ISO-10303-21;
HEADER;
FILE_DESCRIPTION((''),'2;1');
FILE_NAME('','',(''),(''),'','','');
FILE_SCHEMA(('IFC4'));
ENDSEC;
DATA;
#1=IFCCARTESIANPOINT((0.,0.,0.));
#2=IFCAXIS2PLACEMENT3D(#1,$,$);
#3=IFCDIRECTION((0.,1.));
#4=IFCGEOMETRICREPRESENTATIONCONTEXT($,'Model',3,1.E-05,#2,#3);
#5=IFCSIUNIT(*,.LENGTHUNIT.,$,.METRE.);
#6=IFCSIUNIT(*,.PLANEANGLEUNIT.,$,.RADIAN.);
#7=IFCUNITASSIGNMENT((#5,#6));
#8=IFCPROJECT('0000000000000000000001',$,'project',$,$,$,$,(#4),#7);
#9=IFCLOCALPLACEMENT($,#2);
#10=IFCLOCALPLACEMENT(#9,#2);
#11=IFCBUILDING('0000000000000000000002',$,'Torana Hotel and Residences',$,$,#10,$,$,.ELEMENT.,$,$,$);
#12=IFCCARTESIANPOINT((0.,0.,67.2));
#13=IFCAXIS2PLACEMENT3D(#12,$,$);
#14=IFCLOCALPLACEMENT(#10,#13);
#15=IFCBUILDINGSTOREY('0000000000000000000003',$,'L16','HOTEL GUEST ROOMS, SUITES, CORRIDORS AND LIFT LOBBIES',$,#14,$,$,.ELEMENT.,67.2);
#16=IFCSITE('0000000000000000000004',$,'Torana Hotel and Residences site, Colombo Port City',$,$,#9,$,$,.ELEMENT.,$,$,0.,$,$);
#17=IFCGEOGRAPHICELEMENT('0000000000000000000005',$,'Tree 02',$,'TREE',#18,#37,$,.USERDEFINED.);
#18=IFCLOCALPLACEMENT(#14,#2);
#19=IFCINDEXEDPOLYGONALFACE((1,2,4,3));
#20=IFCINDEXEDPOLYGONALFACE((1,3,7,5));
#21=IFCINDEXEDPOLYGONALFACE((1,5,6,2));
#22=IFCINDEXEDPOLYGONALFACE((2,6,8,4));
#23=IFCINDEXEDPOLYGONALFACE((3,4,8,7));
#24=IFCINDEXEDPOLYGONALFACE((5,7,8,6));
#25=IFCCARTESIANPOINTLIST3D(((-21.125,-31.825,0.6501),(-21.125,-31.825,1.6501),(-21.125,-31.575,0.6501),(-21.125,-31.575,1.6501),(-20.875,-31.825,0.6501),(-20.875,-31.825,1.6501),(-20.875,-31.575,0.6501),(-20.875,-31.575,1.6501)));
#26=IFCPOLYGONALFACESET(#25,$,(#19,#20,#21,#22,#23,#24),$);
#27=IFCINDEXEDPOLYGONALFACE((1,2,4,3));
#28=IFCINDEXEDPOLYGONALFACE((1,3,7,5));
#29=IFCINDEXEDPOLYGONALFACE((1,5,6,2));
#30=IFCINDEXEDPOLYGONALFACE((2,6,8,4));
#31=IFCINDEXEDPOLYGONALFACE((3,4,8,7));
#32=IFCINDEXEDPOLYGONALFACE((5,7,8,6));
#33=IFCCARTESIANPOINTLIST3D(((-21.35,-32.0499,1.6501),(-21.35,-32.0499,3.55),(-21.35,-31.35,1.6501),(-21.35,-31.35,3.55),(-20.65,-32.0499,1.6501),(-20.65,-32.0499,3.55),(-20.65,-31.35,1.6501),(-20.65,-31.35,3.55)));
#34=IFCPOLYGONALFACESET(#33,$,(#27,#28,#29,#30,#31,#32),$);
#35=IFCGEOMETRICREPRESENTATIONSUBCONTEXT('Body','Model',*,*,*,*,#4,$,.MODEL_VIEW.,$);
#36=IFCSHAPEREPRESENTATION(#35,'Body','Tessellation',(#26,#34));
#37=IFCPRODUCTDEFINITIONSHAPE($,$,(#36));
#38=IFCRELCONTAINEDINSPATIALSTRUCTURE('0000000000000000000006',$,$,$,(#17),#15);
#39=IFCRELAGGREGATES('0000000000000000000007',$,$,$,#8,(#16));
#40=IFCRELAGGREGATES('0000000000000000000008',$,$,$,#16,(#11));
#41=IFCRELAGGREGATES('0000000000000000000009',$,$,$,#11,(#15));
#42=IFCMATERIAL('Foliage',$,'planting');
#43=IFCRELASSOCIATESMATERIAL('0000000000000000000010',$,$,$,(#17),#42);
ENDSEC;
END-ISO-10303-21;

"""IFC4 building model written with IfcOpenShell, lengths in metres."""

from ifc_helpers import new_model, si_unit, direction, frame, origin, origin_2d, place, context, subcontext, project, spatial, rectangle, extrude, material, element, save


model = new_model("IFC4")

# Units and contexts
model_context = context("Model", 3, precision=1e-05, world=origin(), true_north=direction((0.0, 1.0)))
body_context = subcontext(model_context, "Body", "Model", "MODEL_VIEW")
ifc_project = project(units=[si_unit("LENGTHUNIT", "METRE"), si_unit("PLANEANGLEUNIT", "RADIAN")], contexts=[model_context])

# Site, building, storey
site_placement = place(None, origin())
site = spatial("IfcSite", under=ifc_project, at=site_placement, Name="Torana Hotel and Residences site, Colombo Port City", CompositionType="ELEMENT", RefElevation=0.0)
building_placement = place(site_placement, origin())
building = spatial("IfcBuilding", under=site, at=building_placement, Name="Torana Hotel and Residences", CompositionType="ELEMENT")
storey_placement = place(building_placement, frame((0.0, 0.0, 67.2)))
storey = spatial("IfcBuildingStorey", under=building, at=storey_placement, Name="L16", Description="HOTEL GUEST ROOMS, SUITES, CORRIDORS AND LIFT LOBBIES", CompositionType="ELEMENT", Elevation=67.2)

# Geographic element
ifc_material_1 = material(Name="Foliage", Category="planting")
geographic_element_placement = place(storey_placement, frame((-21.0, -31.7, 0.6501), z_axis=(0.0, 0.0, 1.0), x_axis=(1.0, 0.0, 0.0)))
element("IfcGeographicElement", 1, at=geographic_element_placement, inside=storey, material=ifc_material_1, Name="Tree 02", ObjectType="TREE", PredefinedType="USERDEFINED", context=body_context, shape_type="SweptSolid", body=[
    extrude(rectangle(XDim=0.25, YDim=0.25, at=origin_2d()), origin(), (0.0, 0.0, 1.0), 1.0),
    extrude(rectangle(XDim=0.7, YDim=0.7, at=origin_2d()), frame((0.0, 0.0, 1.0)), (0.0, 0.0, 1.0), 1.8999),
])

save(model, "model.ifc")
